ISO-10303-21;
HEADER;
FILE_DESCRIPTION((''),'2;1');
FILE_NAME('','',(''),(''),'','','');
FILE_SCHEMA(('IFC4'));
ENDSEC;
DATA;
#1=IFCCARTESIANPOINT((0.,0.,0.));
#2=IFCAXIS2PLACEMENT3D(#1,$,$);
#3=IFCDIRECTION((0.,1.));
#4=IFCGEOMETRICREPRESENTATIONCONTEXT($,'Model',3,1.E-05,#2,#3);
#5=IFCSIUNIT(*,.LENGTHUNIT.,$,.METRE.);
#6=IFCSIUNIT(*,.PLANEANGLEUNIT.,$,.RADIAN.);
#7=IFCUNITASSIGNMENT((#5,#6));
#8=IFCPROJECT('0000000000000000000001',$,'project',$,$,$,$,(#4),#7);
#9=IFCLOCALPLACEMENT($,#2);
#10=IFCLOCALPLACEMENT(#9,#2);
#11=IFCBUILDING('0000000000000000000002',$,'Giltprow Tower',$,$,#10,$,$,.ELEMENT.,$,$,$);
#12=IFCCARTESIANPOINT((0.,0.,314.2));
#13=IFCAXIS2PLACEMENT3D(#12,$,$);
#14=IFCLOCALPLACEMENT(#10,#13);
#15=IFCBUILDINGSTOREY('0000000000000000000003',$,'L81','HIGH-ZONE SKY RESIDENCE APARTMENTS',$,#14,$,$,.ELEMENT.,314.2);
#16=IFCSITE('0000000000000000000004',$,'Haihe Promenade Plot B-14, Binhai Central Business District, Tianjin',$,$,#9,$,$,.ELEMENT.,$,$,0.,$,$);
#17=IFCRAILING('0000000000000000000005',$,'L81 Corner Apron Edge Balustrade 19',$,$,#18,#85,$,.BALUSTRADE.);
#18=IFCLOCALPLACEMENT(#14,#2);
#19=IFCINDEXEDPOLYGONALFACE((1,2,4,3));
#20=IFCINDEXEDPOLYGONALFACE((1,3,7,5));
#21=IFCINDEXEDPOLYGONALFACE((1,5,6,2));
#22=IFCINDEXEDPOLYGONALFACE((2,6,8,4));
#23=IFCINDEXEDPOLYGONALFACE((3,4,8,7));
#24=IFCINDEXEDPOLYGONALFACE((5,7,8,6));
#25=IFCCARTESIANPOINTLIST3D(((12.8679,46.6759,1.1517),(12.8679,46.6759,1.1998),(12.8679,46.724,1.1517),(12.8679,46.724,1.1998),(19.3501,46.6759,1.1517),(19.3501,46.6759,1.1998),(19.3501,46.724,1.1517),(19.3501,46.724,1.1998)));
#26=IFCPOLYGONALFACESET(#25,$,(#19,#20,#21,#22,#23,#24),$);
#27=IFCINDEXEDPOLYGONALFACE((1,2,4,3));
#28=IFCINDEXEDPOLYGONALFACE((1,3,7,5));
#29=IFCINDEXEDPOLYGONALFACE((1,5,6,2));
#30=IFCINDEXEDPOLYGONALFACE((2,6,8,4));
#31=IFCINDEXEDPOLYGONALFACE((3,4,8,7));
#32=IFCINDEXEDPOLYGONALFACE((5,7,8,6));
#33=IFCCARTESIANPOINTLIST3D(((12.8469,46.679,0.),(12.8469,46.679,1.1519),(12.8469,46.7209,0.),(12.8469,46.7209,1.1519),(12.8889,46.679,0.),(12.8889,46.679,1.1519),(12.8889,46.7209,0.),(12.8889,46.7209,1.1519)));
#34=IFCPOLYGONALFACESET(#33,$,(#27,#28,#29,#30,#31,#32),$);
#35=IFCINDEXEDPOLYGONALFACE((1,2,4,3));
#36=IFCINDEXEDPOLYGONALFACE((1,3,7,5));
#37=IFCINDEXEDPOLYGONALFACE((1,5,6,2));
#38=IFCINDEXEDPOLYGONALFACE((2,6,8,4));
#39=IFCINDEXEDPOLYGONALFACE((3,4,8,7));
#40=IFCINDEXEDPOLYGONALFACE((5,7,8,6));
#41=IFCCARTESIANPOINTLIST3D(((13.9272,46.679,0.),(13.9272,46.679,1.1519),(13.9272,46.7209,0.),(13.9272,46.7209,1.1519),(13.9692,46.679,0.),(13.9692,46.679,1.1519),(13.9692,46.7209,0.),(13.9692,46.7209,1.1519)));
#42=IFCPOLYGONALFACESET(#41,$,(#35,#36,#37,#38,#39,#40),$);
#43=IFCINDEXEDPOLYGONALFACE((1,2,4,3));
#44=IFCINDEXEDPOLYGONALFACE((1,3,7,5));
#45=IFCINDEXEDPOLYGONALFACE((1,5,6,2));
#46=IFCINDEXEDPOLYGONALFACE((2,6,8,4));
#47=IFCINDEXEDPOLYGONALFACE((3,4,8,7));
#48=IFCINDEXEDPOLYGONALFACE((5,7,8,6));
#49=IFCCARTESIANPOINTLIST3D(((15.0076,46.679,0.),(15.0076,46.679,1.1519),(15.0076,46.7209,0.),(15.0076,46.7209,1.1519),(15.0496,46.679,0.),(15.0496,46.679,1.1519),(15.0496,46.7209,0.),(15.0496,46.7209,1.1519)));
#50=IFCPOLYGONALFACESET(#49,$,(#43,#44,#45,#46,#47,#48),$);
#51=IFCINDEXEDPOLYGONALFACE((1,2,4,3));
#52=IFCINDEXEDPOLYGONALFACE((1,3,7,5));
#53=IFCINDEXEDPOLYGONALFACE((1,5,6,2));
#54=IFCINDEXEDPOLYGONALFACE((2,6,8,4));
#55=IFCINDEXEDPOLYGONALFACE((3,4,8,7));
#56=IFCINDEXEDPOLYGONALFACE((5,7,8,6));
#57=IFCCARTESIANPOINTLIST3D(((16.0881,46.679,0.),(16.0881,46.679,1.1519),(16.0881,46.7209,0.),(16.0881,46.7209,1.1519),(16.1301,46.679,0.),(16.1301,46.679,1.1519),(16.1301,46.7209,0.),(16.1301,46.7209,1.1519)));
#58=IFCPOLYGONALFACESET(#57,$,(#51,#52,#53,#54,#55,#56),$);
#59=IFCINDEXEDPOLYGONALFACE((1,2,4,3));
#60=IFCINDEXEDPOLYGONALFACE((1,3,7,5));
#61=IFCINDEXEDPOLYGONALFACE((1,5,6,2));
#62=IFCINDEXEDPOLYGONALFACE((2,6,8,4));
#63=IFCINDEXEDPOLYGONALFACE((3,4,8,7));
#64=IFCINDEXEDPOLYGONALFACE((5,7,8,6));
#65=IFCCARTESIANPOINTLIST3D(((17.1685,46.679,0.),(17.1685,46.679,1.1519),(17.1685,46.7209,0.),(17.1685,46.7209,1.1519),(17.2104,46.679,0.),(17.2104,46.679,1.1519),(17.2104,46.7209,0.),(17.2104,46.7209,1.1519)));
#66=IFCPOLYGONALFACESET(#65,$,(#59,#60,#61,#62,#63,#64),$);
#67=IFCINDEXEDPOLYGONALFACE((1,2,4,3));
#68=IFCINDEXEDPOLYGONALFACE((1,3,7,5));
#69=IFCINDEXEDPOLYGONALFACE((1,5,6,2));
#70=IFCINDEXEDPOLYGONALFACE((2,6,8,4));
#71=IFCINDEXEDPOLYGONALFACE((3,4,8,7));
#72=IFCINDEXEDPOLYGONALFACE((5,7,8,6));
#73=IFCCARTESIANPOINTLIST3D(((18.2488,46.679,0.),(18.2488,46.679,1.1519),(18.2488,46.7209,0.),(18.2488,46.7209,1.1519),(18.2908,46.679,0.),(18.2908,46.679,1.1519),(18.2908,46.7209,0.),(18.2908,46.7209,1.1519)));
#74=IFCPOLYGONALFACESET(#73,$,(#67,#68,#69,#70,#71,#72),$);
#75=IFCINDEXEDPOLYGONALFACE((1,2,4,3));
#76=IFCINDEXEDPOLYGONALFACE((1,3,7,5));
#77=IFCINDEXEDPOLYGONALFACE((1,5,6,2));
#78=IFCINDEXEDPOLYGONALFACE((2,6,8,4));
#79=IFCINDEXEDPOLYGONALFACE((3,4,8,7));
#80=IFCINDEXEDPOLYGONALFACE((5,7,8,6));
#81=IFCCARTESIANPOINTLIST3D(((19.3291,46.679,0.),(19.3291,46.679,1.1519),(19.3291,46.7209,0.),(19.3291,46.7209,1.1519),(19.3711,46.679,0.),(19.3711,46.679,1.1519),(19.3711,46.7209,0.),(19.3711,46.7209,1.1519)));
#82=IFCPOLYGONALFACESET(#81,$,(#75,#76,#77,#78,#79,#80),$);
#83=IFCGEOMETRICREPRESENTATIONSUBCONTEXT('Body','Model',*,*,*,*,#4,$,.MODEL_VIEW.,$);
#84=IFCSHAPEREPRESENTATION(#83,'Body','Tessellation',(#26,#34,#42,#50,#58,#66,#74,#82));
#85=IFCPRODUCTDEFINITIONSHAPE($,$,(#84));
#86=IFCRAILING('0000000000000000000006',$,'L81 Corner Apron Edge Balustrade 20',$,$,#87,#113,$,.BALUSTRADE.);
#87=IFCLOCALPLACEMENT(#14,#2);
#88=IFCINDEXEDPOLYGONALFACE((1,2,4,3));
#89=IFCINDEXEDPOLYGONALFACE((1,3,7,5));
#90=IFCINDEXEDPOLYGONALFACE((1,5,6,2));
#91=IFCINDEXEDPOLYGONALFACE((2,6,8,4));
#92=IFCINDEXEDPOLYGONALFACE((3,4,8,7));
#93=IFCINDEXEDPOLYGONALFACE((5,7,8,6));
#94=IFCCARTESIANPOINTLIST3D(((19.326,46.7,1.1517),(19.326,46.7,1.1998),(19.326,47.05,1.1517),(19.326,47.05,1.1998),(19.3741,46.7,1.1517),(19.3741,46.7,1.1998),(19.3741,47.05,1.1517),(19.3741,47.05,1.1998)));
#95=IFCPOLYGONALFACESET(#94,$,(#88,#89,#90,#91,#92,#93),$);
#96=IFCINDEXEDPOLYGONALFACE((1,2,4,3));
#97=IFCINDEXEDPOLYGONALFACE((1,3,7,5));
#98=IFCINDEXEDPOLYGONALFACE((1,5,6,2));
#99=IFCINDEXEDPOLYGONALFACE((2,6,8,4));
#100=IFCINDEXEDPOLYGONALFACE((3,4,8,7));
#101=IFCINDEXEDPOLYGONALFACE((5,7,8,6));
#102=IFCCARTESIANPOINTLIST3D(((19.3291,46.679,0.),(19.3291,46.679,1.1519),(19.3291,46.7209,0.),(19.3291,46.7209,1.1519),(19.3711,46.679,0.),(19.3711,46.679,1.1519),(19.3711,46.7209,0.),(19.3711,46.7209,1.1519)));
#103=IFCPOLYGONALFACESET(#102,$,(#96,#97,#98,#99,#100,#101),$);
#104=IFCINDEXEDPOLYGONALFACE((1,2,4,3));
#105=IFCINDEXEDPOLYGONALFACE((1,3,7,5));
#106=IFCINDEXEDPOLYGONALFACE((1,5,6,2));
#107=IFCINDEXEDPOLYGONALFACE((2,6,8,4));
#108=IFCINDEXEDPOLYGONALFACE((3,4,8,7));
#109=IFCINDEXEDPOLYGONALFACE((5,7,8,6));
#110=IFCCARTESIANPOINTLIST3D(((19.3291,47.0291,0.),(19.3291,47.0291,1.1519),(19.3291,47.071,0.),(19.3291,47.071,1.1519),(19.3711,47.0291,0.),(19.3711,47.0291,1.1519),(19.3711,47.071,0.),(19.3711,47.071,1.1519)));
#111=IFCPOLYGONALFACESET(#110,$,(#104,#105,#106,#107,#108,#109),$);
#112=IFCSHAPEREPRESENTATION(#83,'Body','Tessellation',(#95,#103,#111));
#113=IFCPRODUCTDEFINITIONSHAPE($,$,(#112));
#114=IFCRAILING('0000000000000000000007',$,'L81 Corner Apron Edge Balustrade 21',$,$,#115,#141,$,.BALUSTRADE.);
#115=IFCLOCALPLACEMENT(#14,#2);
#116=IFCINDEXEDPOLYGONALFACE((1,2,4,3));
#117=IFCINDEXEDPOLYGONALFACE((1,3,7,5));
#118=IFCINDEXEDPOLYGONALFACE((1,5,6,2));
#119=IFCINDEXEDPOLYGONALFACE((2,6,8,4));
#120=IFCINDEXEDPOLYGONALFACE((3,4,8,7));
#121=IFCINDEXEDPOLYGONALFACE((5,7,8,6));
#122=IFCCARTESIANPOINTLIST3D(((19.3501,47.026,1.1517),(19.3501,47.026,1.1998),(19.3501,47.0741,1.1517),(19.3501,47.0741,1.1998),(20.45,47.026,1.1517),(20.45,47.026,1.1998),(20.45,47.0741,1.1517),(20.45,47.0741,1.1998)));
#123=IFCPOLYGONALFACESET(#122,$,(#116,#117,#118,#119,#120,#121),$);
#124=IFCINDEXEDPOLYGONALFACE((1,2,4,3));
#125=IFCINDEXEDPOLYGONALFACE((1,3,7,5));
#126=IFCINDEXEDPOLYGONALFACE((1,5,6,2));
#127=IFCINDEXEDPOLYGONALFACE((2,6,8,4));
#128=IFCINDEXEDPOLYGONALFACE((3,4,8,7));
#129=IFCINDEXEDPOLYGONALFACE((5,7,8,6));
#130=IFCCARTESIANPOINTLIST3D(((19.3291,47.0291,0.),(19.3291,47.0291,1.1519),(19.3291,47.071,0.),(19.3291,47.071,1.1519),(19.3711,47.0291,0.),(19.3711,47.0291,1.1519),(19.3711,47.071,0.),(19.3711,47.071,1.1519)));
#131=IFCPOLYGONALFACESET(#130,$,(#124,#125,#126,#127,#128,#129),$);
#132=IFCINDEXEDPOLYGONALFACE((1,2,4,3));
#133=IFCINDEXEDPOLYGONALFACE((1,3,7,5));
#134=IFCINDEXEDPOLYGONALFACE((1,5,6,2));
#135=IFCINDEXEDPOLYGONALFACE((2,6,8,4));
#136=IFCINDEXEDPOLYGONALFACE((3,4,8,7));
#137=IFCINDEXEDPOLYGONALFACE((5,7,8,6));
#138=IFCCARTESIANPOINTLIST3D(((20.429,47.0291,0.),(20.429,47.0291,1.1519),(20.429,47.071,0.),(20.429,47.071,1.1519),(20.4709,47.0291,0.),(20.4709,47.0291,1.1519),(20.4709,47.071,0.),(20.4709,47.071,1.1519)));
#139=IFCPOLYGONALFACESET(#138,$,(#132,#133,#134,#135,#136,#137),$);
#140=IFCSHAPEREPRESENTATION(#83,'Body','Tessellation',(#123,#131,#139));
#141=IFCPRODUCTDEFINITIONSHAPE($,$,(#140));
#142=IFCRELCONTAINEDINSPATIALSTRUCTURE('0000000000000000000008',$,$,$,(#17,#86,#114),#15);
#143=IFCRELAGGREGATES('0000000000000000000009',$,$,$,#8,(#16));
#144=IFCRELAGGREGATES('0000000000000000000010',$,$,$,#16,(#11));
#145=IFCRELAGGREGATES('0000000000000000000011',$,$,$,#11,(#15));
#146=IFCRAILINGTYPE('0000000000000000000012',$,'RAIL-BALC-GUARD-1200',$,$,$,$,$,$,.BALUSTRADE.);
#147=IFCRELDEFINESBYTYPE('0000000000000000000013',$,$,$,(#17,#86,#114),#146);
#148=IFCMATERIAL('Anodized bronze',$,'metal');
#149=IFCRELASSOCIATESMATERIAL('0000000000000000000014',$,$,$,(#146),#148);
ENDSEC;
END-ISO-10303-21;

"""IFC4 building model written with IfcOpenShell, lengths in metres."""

from ifc_helpers import new_model, si_unit, direction, frame, origin, origin_2d, place, context, subcontext, project, spatial, rectangle, extrude, material, type_object, element, save


model = new_model("IFC4")

# Units and contexts
model_context = context("Model", 3, precision=1e-05, world=origin(), true_north=direction((0.0, 1.0)))
body_context = subcontext(model_context, "Body", "Model", "MODEL_VIEW")
ifc_project = project(units=[si_unit("LENGTHUNIT", "METRE"), si_unit("PLANEANGLEUNIT", "RADIAN")], contexts=[model_context])

# Site, building, storey
site_placement = place(None, origin())
site = spatial("IfcSite", under=ifc_project, at=site_placement, Name="Haihe Promenade Plot B-14, Binhai Central Business District, Tianjin", CompositionType="ELEMENT", RefElevation=0.0)
building_placement = place(site_placement, origin())
building = spatial("IfcBuilding", under=site, at=building_placement, Name="Giltprow Tower", CompositionType="ELEMENT")
storey_placement = place(building_placement, frame((0.0, 0.0, 314.2)))
storey = spatial("IfcBuildingStorey", under=building, at=storey_placement, Name="L81", Description="HIGH-ZONE SKY RESIDENCE APARTMENTS", CompositionType="ELEMENT", Elevation=314.2)

# Railings
ifc_material_1 = material(Name="Anodized bronze", Category="metal")
railing_type = type_object("IfcRailingType", Name="RAIL-BALC-GUARD-1200", PredefinedType="BALUSTRADE", material=ifc_material_1)
railing_1_placement = place(storey_placement, frame((12.8679, 46.7, 0.0)))
element("IfcRailing", 1, at=railing_1_placement, inside=storey, type_object=railing_type, Name="L81 Corner Apron Edge Balustrade 19", PredefinedType="BALUSTRADE", context=body_context, shape_type="SweptSolid", body=[
    extrude(rectangle(XDim=0.0481, YDim=0.0481, at=origin_2d()), frame((0.0, 0.0, 1.1758), z_axis=(1.0, 0.0, 0.0), x_axis=(0.0, 1.0, 0.0)), (0.0, 0.0, 1.0), 6.4822),
    extrude(rectangle(XDim=0.042, YDim=0.042, at=origin_2d()), origin(), (0.0, 0.0, 1.0), 1.1519),
    extrude(rectangle(XDim=0.042, YDim=0.042, at=origin_2d()), frame((1.0803, 0.0, 0.0)), (0.0, 0.0, 1.0), 1.1519),
    extrude(rectangle(XDim=0.042, YDim=0.042, at=origin_2d()), frame((2.1606, 0.0, 0.0)), (0.0, 0.0, 1.0), 1.1519),
    extrude(rectangle(XDim=0.042, YDim=0.042, at=origin_2d()), frame((3.2412, 0.0, 0.0)), (0.0, 0.0, 1.0), 1.1519),
    extrude(rectangle(XDim=0.042, YDim=0.042, at=origin_2d()), frame((4.3215, 0.0, 0.0)), (0.0, 0.0, 1.0), 1.1519),
    extrude(rectangle(XDim=0.042, YDim=0.042, at=origin_2d()), frame((5.4019, 0.0, 0.0)), (0.0, 0.0, 1.0), 1.1519),
    extrude(rectangle(XDim=0.042, YDim=0.042, at=origin_2d()), frame((6.4822, 0.0, 0.0)), (0.0, 0.0, 1.0), 1.1519),
])
railing_2_placement = place(storey_placement, frame((19.3501, 46.7, 0.0)))
element("IfcRailing", 2, at=railing_2_placement, inside=storey, type_object=railing_type, Name="L81 Corner Apron Edge Balustrade 20", PredefinedType="BALUSTRADE", context=body_context, shape_type="SweptSolid", body=[
    extrude(rectangle(XDim=0.0481, YDim=0.0481, at=origin_2d()), frame((0.0, 0.0, 1.1758), z_axis=(0.0, 1.0, 0.0), x_axis=(-1.0, 0.0, 0.0)), (0.0, 0.0, 1.0), 0.3501),
    extrude(rectangle(XDim=0.042, YDim=0.042, at=origin_2d()), origin(), (0.0, 0.0, 1.0), 1.1519),
    extrude(rectangle(XDim=0.042, YDim=0.042, at=origin_2d()), frame((0.0, 0.3501, 0.0)), (0.0, 0.0, 1.0), 1.1519),
])
railing_3_placement = place(storey_placement, frame((19.3501, 47.05, 0.0)))
element("IfcRailing", 3, at=railing_3_placement, inside=storey, type_object=railing_type, Name="L81 Corner Apron Edge Balustrade 21", PredefinedType="BALUSTRADE", context=body_context, shape_type="SweptSolid", body=[
    extrude(rectangle(XDim=0.0481, YDim=0.0481, at=origin_2d()), frame((0.0, 0.0, 1.1758), z_axis=(1.0, 0.0, 0.0), x_axis=(0.0, 1.0, 0.0)), (0.0, 0.0, 1.0), 1.0999),
    extrude(rectangle(XDim=0.042, YDim=0.042, at=origin_2d()), origin(), (0.0, 0.0, 1.0), 1.1519),
    extrude(rectangle(XDim=0.042, YDim=0.042, at=origin_2d()), frame((1.0999, 0.0, 0.0)), (0.0, 0.0, 1.0), 1.1519),
])

save(model, "model.ifc")
